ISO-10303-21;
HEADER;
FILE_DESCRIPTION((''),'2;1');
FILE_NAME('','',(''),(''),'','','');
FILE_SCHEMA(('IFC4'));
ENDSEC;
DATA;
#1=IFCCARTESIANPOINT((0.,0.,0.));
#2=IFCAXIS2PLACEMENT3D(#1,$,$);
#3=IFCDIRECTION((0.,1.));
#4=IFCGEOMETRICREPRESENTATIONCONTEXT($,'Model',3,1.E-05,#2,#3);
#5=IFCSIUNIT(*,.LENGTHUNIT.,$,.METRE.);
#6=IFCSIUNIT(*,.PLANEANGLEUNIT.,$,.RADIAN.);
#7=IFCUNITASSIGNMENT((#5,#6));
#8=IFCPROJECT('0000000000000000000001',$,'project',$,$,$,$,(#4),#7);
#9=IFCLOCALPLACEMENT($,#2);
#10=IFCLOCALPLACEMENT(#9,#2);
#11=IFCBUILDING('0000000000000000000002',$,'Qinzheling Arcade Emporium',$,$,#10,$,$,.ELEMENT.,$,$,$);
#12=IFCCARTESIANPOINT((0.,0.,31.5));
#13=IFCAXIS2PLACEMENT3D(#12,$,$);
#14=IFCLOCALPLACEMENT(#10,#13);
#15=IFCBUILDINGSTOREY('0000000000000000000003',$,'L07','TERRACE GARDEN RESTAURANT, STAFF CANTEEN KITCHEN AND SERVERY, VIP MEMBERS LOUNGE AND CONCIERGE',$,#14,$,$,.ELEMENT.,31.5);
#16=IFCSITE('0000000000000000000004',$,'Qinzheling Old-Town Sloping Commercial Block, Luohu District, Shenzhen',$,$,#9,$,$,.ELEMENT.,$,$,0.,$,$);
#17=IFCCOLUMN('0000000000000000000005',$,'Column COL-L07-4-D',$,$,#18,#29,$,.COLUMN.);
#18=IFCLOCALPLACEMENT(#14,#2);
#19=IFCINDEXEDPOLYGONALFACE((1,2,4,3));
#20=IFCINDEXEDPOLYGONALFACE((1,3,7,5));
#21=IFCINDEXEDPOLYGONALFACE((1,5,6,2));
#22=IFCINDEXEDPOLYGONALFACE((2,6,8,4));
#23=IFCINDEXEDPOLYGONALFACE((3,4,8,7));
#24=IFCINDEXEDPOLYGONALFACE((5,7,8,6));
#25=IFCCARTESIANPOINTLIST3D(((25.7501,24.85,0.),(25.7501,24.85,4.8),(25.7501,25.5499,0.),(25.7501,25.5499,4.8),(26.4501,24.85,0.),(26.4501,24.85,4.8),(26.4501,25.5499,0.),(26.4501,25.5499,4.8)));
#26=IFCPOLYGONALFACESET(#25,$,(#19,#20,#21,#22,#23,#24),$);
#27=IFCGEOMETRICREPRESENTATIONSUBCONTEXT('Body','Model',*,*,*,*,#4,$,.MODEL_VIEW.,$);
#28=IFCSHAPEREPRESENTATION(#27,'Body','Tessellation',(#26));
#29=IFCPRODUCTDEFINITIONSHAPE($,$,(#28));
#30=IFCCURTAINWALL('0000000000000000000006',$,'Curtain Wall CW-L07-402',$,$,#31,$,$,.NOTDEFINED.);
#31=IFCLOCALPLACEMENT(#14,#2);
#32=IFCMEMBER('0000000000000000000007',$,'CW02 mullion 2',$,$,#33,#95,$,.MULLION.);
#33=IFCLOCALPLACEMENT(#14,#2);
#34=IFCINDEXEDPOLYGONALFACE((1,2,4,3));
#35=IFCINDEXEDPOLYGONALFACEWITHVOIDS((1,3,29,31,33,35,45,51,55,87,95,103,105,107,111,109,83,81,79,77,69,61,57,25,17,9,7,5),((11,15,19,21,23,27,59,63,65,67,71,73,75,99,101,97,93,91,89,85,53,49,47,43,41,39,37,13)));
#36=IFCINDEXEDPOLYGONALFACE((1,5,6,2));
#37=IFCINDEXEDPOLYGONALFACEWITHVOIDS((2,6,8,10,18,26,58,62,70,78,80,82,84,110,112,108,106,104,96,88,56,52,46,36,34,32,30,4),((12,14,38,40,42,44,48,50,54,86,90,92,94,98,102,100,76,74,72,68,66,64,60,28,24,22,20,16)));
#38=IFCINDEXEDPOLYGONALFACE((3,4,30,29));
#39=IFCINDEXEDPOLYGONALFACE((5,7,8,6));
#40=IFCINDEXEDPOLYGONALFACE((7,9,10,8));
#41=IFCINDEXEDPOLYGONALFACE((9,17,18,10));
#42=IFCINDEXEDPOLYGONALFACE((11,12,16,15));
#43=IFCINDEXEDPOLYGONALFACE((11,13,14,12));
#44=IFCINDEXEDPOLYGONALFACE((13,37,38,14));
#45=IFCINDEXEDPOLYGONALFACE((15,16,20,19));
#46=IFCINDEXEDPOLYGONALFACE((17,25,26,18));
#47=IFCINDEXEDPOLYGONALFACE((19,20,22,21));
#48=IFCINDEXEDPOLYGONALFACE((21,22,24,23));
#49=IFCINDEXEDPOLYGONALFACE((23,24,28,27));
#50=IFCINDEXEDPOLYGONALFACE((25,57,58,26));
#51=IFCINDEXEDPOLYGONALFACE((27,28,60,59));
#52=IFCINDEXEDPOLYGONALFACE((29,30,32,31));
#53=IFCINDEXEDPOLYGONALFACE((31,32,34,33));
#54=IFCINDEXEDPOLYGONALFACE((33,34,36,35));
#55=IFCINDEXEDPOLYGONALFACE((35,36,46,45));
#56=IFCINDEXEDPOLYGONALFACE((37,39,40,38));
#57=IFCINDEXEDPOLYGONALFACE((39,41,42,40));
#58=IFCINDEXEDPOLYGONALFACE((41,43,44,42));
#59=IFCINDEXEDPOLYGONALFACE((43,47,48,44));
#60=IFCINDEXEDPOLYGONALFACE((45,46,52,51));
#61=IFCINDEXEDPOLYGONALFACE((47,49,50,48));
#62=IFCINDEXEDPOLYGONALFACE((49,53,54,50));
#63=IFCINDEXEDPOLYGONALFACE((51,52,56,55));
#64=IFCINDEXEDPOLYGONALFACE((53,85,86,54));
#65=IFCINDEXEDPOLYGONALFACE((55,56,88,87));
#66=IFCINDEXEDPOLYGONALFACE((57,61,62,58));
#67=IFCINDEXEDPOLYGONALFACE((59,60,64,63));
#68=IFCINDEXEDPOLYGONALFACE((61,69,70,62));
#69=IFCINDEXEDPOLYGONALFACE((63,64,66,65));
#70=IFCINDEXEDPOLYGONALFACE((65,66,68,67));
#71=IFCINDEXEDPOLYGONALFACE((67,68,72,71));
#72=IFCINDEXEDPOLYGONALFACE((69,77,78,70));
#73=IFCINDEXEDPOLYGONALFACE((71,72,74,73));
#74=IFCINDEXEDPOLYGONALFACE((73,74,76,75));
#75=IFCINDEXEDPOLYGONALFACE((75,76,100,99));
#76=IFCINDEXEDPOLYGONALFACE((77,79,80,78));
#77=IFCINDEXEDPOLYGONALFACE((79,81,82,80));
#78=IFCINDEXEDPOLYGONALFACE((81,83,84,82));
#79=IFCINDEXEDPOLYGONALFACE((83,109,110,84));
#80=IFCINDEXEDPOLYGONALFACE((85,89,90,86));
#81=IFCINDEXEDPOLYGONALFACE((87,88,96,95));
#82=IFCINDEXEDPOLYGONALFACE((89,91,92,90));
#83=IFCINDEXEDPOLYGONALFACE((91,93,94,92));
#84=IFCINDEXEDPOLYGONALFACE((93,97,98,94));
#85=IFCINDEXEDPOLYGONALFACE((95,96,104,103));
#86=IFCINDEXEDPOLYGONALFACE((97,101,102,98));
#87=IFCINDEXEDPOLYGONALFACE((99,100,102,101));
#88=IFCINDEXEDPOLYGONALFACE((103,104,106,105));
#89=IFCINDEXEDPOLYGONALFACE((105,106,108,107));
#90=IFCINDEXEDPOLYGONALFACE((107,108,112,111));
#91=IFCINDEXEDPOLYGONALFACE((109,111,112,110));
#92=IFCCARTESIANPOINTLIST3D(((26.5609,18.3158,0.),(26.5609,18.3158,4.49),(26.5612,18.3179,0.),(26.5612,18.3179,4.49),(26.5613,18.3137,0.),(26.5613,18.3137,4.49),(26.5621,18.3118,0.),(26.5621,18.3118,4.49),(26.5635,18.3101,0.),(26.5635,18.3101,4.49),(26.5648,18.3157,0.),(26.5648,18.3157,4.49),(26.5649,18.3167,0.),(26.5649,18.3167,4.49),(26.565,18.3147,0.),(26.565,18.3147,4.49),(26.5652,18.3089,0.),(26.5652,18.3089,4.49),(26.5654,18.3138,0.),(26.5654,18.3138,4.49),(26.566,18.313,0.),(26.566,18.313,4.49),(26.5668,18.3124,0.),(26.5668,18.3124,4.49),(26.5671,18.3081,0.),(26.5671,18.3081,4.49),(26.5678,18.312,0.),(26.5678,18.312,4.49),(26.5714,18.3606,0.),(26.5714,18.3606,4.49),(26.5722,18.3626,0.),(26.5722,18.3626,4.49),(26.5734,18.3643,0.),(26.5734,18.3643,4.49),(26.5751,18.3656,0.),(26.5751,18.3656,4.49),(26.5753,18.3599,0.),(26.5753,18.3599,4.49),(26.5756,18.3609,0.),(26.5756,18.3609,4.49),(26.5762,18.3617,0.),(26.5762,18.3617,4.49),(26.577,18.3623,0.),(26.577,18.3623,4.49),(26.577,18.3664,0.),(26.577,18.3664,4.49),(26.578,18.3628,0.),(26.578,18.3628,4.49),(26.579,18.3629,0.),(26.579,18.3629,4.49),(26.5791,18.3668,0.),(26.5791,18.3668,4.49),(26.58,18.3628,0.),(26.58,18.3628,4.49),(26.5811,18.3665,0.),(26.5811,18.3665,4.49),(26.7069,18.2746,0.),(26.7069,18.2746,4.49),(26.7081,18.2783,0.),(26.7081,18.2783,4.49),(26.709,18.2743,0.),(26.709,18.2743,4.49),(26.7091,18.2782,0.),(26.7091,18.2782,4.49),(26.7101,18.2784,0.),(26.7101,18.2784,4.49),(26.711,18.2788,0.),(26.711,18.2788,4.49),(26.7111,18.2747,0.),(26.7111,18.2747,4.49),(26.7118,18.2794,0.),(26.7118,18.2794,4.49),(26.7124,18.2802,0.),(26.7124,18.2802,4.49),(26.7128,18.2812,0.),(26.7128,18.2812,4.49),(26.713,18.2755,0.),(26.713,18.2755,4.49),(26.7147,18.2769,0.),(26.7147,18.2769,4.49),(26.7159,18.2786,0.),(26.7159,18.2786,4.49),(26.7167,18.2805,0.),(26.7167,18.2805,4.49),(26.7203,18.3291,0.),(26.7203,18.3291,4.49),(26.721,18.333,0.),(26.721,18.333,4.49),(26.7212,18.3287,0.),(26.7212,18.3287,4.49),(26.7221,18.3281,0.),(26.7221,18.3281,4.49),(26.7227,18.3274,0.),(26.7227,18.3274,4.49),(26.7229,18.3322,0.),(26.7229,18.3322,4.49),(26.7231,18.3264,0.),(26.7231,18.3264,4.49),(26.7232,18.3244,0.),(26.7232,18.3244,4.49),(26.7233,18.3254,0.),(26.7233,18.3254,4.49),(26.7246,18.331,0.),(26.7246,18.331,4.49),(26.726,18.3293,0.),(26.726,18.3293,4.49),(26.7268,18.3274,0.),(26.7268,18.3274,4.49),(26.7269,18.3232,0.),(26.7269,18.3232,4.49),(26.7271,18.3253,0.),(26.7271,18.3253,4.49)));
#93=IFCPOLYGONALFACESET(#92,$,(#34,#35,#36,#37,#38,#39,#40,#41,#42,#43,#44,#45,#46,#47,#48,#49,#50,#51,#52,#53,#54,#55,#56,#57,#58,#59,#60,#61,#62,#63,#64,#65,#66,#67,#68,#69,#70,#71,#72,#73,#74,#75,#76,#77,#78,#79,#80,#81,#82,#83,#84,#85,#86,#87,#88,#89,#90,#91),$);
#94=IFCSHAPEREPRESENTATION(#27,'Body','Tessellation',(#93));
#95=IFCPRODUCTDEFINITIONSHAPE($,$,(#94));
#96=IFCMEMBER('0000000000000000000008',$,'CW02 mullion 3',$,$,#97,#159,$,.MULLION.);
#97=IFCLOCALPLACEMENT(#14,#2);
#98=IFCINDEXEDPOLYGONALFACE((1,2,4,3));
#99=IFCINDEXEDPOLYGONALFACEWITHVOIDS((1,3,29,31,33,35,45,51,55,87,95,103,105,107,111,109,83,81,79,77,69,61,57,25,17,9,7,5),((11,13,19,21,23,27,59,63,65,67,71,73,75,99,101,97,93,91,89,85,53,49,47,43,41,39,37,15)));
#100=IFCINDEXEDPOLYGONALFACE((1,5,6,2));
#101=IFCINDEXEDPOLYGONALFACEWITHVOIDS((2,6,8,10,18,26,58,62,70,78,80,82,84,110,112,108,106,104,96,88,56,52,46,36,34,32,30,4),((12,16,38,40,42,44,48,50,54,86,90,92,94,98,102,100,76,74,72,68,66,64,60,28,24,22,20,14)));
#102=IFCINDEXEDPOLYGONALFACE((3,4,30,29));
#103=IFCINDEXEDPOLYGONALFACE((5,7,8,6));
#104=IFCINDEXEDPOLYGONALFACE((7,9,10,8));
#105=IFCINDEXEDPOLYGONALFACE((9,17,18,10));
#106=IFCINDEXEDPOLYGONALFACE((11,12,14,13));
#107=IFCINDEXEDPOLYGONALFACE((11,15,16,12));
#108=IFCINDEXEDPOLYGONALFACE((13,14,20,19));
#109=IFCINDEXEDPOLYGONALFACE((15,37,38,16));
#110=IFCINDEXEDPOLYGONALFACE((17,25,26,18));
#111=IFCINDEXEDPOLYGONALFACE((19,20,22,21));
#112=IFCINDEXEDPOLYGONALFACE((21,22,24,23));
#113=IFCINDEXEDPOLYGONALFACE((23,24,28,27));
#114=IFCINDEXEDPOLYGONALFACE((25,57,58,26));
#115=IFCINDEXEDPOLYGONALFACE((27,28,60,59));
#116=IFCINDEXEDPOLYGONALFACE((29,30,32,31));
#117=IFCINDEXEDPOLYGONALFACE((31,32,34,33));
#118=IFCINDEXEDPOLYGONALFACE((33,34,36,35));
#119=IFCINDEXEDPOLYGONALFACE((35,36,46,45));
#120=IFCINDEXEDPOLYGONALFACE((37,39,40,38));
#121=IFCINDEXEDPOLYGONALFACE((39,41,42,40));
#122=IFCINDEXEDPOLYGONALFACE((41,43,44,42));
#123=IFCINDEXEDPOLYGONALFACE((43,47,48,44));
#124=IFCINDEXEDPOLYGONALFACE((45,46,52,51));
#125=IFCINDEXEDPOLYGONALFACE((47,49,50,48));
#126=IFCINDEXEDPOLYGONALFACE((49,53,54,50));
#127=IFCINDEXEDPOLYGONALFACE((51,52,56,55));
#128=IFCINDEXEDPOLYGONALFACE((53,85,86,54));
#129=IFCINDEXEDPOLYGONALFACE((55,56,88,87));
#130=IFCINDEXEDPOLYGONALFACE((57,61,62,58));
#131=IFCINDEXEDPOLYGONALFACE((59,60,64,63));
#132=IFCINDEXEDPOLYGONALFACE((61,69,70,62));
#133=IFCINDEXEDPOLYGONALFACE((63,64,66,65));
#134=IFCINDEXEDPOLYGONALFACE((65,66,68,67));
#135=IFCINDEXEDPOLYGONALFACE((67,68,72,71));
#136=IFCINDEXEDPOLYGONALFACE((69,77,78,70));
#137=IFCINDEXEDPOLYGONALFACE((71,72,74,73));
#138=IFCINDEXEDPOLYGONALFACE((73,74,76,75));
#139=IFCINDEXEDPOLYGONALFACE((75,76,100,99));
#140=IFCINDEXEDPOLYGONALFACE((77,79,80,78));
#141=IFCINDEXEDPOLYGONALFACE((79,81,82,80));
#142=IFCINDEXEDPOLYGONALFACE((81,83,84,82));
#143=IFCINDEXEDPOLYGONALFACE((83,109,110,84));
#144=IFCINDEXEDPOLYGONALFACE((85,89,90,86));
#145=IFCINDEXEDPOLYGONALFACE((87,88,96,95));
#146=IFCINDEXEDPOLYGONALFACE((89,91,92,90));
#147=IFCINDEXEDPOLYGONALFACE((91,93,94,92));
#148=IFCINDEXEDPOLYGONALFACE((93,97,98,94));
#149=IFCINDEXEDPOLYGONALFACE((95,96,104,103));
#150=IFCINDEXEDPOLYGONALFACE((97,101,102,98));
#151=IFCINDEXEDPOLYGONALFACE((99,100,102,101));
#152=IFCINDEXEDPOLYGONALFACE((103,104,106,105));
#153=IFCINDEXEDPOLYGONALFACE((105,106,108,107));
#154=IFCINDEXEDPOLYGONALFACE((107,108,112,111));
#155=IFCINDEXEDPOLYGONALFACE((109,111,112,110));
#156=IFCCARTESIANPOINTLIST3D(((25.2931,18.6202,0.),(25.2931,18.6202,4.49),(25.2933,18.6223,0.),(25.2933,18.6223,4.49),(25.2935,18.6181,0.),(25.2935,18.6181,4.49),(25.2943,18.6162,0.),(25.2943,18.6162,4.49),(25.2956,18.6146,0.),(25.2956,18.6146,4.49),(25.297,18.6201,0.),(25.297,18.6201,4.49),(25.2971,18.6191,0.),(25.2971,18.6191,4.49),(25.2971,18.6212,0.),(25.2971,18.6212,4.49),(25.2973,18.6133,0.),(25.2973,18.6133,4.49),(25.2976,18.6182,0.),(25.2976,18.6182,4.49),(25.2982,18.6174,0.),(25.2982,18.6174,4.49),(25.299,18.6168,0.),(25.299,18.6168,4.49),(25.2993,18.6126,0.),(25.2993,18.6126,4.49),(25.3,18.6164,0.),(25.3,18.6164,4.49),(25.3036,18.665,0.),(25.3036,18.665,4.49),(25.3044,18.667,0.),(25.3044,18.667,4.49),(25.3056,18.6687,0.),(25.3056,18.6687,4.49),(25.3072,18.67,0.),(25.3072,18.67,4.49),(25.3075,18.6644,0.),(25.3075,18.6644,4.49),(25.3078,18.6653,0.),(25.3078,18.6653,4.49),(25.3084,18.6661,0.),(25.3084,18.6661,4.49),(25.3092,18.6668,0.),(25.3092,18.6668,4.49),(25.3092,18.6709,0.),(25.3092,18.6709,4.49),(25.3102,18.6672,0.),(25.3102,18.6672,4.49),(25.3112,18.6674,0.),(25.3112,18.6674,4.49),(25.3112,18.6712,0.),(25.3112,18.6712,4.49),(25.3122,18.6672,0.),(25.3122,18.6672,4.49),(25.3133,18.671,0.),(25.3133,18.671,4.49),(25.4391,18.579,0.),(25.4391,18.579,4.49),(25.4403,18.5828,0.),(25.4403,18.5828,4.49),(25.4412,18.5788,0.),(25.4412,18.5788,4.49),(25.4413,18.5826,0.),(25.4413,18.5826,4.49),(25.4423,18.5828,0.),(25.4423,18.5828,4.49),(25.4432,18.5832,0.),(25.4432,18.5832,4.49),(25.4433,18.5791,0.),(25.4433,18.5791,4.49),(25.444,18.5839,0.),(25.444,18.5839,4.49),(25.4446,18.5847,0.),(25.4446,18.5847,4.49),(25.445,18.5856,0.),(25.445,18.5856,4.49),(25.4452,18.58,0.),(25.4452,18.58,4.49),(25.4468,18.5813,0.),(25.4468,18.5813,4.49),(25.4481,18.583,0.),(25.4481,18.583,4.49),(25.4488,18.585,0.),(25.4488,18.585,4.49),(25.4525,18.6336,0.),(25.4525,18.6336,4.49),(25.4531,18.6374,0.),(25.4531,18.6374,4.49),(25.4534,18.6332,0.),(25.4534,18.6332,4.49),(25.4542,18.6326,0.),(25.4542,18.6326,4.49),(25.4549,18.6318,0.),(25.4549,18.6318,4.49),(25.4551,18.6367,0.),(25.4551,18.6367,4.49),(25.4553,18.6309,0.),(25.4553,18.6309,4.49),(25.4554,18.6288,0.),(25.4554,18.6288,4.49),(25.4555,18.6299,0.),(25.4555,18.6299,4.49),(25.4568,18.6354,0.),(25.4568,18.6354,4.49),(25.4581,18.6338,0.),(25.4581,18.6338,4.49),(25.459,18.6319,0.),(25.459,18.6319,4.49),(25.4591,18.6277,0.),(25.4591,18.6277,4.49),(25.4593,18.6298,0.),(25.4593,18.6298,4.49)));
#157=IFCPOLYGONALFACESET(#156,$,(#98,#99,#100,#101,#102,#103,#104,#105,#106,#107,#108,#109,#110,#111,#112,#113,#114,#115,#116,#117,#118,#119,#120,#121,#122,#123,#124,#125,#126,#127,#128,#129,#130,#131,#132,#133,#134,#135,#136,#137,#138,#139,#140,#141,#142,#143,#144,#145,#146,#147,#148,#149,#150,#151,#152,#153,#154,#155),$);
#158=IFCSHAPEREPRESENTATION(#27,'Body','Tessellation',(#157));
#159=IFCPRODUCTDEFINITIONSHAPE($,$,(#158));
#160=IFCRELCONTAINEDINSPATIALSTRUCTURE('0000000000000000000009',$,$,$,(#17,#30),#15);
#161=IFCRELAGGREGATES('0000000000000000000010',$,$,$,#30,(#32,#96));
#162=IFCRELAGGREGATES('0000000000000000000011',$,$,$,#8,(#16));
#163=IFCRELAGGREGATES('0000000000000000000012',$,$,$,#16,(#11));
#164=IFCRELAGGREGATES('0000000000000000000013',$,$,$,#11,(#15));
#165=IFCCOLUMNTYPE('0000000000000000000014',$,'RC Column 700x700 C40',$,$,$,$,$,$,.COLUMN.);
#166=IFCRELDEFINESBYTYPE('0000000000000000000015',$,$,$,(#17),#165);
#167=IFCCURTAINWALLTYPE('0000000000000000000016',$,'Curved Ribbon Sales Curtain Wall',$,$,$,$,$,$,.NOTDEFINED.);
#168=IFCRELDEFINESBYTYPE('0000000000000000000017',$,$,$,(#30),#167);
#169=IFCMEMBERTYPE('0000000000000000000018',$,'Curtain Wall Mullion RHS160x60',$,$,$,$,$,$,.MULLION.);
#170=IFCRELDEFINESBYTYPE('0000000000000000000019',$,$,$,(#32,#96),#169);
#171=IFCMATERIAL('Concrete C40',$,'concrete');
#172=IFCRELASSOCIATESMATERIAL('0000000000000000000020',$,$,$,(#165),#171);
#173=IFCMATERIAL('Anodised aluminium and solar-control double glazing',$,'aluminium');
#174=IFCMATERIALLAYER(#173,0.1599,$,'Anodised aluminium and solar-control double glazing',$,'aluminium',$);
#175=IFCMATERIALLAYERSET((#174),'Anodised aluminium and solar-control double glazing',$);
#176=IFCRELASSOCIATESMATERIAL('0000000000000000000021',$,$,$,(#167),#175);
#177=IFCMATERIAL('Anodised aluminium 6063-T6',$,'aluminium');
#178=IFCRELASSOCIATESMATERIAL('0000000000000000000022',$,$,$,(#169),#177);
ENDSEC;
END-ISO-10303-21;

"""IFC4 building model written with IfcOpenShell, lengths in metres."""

from ifc_helpers import new_model, si_unit, direction, frame, origin, origin_2d, place, context, subcontext, project, spatial, rectangle, hollow_rectangle, extrude, material, layer, layer_set, material_profile, profile_set, type_object, element, aggregate, save


model = new_model("IFC4")

# Units and contexts
model_context = context("Model", 3, precision=1e-05, world=origin(), true_north=direction((0.0, 1.0)))
body_context = subcontext(model_context, "Body", "Model", "MODEL_VIEW")
ifc_project = project(units=[si_unit("LENGTHUNIT", "METRE"), si_unit("PLANEANGLEUNIT", "RADIAN")], contexts=[model_context])

# Site, building, storey
site_placement = place(None, origin())
site = spatial("IfcSite", under=ifc_project, at=site_placement, Name="Qinzheling Old-Town Sloping Commercial Block, Luohu District, Shenzhen", CompositionType="ELEMENT", RefElevation=0.0)
building_placement = place(site_placement, origin())
building = spatial("IfcBuilding", under=site, at=building_placement, Name="Qinzheling Arcade Emporium", CompositionType="ELEMENT")
storey_placement = place(building_placement, frame((0.0, 0.0, 31.5)))
storey = spatial("IfcBuildingStorey", under=building, at=storey_placement, Name="L07", Description="TERRACE GARDEN RESTAURANT, STAFF CANTEEN KITCHEN AND SERVERY, VIP MEMBERS LOUNGE AND CONCIERGE", CompositionType="ELEMENT", Elevation=31.5)

# Column
ifc_material_1 = material(Name="Concrete C40", Category="concrete")
ifc_material_profile_1 = material_profile(ifc_material_1, rectangle(XDim=0.7, YDim=0.7, at=origin_2d()), Name="RC 700x700", Category="concrete")
ifc_profile_set_1 = profile_set([ifc_material_profile_1], Name="Concrete C40")
column_type = type_object("IfcColumnType", Name="RC Column 700x700 C40", PredefinedType="COLUMN", material=ifc_profile_set_1)
column_placement = place(storey_placement, frame((26.1001, 25.2, 0.0), z_axis=(0.0, 0.0, 1.0), x_axis=(1.0, 0.0, 0.0)))
element("IfcColumn", 1, at=column_placement, inside=storey, type_object=column_type, Name="Column COL-L07-4-D", PredefinedType="COLUMN", context=body_context, shape_type="SweptSolid", body=[
    extrude(rectangle(XDim=0.7, YDim=0.7, at=origin_2d()), origin(), (0.0, 0.0, 1.0), 4.8),
])

# Curtain wall, members
ifc_material_2 = material(Name="Anodised aluminium and solar-control double glazing", Category="aluminium")
ifc_layer_1 = layer(ifc_material_2, 0.1599, Name="Anodised aluminium and solar-control double glazing", Category="aluminium")
ifc_layer_set_1 = layer_set([ifc_layer_1], Name="Anodised aluminium and solar-control double glazing")
curtain_wall_type = type_object("IfcCurtainWallType", Name="Curved Ribbon Sales Curtain Wall", PredefinedType="NOTDEFINED", material=ifc_layer_set_1)
curtain_wall_1_placement = place(storey_placement, origin())
curtain_wall_1 = element("IfcCurtainWall", 2, at=curtain_wall_1_placement, inside=storey, type_object=curtain_wall_type, Name="Curtain Wall CW-L07-402", PredefinedType="NOTDEFINED")
ifc_material_3 = material(Name="Anodised aluminium 6063-T6", Category="aluminium")
ifc_material_profile_2 = material_profile(ifc_material_3, hollow_rectangle(XDim=0.0601, YDim=0.1599, WallThickness=0.0039, InnerFilletRadius=0.0039, OuterFilletRadius=0.0081, at=origin_2d()), Name="RHS 160x60x4", Category="aluminium")
ifc_profile_set_2 = profile_set([ifc_material_profile_2], Name="Anodised aluminium 6063-T6")
member_type_1 = type_object("IfcMemberType", Name="Curtain Wall Mullion RHS160x60", PredefinedType="MULLION", material=ifc_profile_set_2)
member_1_placement = place(storey_placement, frame((26.644, 18.3206, 0.0), z_axis=(0.0, 0.0, 1.0), x_axis=(-0.233529, -0.97235, 0.0)))
member_1 = element("IfcMember", 3, at=member_1_placement, type_object=member_type_1, Name="CW02 mullion 2", PredefinedType="MULLION", context=body_context, shape_type="SweptSolid", body=[
    extrude(hollow_rectangle(XDim=0.0601, YDim=0.1599, WallThickness=0.0039, InnerFilletRadius=0.0039, OuterFilletRadius=0.0081, at=origin_2d()), origin(), (0.0, 0.0, 1.0), 4.49),
])
member_2_placement = place(storey_placement, frame((25.3762, 18.625, 0.0), z_axis=(0.0, 0.0, 1.0), x_axis=(-0.233529, -0.97235, 0.0)))
member_2 = element("IfcMember", 4, at=member_2_placement, type_object=member_type_1, Name="CW02 mullion 3", PredefinedType="MULLION", context=body_context, shape_type="SweptSolid", body=[
    extrude(hollow_rectangle(XDim=0.0601, YDim=0.1599, WallThickness=0.0039, InnerFilletRadius=0.0039, OuterFilletRadius=0.0081, at=origin_2d()), origin(), (0.0, 0.0, 1.0), 4.49),
])

aggregate(curtain_wall_1, [member_1, member_2])

save(model, "model.ifc")
